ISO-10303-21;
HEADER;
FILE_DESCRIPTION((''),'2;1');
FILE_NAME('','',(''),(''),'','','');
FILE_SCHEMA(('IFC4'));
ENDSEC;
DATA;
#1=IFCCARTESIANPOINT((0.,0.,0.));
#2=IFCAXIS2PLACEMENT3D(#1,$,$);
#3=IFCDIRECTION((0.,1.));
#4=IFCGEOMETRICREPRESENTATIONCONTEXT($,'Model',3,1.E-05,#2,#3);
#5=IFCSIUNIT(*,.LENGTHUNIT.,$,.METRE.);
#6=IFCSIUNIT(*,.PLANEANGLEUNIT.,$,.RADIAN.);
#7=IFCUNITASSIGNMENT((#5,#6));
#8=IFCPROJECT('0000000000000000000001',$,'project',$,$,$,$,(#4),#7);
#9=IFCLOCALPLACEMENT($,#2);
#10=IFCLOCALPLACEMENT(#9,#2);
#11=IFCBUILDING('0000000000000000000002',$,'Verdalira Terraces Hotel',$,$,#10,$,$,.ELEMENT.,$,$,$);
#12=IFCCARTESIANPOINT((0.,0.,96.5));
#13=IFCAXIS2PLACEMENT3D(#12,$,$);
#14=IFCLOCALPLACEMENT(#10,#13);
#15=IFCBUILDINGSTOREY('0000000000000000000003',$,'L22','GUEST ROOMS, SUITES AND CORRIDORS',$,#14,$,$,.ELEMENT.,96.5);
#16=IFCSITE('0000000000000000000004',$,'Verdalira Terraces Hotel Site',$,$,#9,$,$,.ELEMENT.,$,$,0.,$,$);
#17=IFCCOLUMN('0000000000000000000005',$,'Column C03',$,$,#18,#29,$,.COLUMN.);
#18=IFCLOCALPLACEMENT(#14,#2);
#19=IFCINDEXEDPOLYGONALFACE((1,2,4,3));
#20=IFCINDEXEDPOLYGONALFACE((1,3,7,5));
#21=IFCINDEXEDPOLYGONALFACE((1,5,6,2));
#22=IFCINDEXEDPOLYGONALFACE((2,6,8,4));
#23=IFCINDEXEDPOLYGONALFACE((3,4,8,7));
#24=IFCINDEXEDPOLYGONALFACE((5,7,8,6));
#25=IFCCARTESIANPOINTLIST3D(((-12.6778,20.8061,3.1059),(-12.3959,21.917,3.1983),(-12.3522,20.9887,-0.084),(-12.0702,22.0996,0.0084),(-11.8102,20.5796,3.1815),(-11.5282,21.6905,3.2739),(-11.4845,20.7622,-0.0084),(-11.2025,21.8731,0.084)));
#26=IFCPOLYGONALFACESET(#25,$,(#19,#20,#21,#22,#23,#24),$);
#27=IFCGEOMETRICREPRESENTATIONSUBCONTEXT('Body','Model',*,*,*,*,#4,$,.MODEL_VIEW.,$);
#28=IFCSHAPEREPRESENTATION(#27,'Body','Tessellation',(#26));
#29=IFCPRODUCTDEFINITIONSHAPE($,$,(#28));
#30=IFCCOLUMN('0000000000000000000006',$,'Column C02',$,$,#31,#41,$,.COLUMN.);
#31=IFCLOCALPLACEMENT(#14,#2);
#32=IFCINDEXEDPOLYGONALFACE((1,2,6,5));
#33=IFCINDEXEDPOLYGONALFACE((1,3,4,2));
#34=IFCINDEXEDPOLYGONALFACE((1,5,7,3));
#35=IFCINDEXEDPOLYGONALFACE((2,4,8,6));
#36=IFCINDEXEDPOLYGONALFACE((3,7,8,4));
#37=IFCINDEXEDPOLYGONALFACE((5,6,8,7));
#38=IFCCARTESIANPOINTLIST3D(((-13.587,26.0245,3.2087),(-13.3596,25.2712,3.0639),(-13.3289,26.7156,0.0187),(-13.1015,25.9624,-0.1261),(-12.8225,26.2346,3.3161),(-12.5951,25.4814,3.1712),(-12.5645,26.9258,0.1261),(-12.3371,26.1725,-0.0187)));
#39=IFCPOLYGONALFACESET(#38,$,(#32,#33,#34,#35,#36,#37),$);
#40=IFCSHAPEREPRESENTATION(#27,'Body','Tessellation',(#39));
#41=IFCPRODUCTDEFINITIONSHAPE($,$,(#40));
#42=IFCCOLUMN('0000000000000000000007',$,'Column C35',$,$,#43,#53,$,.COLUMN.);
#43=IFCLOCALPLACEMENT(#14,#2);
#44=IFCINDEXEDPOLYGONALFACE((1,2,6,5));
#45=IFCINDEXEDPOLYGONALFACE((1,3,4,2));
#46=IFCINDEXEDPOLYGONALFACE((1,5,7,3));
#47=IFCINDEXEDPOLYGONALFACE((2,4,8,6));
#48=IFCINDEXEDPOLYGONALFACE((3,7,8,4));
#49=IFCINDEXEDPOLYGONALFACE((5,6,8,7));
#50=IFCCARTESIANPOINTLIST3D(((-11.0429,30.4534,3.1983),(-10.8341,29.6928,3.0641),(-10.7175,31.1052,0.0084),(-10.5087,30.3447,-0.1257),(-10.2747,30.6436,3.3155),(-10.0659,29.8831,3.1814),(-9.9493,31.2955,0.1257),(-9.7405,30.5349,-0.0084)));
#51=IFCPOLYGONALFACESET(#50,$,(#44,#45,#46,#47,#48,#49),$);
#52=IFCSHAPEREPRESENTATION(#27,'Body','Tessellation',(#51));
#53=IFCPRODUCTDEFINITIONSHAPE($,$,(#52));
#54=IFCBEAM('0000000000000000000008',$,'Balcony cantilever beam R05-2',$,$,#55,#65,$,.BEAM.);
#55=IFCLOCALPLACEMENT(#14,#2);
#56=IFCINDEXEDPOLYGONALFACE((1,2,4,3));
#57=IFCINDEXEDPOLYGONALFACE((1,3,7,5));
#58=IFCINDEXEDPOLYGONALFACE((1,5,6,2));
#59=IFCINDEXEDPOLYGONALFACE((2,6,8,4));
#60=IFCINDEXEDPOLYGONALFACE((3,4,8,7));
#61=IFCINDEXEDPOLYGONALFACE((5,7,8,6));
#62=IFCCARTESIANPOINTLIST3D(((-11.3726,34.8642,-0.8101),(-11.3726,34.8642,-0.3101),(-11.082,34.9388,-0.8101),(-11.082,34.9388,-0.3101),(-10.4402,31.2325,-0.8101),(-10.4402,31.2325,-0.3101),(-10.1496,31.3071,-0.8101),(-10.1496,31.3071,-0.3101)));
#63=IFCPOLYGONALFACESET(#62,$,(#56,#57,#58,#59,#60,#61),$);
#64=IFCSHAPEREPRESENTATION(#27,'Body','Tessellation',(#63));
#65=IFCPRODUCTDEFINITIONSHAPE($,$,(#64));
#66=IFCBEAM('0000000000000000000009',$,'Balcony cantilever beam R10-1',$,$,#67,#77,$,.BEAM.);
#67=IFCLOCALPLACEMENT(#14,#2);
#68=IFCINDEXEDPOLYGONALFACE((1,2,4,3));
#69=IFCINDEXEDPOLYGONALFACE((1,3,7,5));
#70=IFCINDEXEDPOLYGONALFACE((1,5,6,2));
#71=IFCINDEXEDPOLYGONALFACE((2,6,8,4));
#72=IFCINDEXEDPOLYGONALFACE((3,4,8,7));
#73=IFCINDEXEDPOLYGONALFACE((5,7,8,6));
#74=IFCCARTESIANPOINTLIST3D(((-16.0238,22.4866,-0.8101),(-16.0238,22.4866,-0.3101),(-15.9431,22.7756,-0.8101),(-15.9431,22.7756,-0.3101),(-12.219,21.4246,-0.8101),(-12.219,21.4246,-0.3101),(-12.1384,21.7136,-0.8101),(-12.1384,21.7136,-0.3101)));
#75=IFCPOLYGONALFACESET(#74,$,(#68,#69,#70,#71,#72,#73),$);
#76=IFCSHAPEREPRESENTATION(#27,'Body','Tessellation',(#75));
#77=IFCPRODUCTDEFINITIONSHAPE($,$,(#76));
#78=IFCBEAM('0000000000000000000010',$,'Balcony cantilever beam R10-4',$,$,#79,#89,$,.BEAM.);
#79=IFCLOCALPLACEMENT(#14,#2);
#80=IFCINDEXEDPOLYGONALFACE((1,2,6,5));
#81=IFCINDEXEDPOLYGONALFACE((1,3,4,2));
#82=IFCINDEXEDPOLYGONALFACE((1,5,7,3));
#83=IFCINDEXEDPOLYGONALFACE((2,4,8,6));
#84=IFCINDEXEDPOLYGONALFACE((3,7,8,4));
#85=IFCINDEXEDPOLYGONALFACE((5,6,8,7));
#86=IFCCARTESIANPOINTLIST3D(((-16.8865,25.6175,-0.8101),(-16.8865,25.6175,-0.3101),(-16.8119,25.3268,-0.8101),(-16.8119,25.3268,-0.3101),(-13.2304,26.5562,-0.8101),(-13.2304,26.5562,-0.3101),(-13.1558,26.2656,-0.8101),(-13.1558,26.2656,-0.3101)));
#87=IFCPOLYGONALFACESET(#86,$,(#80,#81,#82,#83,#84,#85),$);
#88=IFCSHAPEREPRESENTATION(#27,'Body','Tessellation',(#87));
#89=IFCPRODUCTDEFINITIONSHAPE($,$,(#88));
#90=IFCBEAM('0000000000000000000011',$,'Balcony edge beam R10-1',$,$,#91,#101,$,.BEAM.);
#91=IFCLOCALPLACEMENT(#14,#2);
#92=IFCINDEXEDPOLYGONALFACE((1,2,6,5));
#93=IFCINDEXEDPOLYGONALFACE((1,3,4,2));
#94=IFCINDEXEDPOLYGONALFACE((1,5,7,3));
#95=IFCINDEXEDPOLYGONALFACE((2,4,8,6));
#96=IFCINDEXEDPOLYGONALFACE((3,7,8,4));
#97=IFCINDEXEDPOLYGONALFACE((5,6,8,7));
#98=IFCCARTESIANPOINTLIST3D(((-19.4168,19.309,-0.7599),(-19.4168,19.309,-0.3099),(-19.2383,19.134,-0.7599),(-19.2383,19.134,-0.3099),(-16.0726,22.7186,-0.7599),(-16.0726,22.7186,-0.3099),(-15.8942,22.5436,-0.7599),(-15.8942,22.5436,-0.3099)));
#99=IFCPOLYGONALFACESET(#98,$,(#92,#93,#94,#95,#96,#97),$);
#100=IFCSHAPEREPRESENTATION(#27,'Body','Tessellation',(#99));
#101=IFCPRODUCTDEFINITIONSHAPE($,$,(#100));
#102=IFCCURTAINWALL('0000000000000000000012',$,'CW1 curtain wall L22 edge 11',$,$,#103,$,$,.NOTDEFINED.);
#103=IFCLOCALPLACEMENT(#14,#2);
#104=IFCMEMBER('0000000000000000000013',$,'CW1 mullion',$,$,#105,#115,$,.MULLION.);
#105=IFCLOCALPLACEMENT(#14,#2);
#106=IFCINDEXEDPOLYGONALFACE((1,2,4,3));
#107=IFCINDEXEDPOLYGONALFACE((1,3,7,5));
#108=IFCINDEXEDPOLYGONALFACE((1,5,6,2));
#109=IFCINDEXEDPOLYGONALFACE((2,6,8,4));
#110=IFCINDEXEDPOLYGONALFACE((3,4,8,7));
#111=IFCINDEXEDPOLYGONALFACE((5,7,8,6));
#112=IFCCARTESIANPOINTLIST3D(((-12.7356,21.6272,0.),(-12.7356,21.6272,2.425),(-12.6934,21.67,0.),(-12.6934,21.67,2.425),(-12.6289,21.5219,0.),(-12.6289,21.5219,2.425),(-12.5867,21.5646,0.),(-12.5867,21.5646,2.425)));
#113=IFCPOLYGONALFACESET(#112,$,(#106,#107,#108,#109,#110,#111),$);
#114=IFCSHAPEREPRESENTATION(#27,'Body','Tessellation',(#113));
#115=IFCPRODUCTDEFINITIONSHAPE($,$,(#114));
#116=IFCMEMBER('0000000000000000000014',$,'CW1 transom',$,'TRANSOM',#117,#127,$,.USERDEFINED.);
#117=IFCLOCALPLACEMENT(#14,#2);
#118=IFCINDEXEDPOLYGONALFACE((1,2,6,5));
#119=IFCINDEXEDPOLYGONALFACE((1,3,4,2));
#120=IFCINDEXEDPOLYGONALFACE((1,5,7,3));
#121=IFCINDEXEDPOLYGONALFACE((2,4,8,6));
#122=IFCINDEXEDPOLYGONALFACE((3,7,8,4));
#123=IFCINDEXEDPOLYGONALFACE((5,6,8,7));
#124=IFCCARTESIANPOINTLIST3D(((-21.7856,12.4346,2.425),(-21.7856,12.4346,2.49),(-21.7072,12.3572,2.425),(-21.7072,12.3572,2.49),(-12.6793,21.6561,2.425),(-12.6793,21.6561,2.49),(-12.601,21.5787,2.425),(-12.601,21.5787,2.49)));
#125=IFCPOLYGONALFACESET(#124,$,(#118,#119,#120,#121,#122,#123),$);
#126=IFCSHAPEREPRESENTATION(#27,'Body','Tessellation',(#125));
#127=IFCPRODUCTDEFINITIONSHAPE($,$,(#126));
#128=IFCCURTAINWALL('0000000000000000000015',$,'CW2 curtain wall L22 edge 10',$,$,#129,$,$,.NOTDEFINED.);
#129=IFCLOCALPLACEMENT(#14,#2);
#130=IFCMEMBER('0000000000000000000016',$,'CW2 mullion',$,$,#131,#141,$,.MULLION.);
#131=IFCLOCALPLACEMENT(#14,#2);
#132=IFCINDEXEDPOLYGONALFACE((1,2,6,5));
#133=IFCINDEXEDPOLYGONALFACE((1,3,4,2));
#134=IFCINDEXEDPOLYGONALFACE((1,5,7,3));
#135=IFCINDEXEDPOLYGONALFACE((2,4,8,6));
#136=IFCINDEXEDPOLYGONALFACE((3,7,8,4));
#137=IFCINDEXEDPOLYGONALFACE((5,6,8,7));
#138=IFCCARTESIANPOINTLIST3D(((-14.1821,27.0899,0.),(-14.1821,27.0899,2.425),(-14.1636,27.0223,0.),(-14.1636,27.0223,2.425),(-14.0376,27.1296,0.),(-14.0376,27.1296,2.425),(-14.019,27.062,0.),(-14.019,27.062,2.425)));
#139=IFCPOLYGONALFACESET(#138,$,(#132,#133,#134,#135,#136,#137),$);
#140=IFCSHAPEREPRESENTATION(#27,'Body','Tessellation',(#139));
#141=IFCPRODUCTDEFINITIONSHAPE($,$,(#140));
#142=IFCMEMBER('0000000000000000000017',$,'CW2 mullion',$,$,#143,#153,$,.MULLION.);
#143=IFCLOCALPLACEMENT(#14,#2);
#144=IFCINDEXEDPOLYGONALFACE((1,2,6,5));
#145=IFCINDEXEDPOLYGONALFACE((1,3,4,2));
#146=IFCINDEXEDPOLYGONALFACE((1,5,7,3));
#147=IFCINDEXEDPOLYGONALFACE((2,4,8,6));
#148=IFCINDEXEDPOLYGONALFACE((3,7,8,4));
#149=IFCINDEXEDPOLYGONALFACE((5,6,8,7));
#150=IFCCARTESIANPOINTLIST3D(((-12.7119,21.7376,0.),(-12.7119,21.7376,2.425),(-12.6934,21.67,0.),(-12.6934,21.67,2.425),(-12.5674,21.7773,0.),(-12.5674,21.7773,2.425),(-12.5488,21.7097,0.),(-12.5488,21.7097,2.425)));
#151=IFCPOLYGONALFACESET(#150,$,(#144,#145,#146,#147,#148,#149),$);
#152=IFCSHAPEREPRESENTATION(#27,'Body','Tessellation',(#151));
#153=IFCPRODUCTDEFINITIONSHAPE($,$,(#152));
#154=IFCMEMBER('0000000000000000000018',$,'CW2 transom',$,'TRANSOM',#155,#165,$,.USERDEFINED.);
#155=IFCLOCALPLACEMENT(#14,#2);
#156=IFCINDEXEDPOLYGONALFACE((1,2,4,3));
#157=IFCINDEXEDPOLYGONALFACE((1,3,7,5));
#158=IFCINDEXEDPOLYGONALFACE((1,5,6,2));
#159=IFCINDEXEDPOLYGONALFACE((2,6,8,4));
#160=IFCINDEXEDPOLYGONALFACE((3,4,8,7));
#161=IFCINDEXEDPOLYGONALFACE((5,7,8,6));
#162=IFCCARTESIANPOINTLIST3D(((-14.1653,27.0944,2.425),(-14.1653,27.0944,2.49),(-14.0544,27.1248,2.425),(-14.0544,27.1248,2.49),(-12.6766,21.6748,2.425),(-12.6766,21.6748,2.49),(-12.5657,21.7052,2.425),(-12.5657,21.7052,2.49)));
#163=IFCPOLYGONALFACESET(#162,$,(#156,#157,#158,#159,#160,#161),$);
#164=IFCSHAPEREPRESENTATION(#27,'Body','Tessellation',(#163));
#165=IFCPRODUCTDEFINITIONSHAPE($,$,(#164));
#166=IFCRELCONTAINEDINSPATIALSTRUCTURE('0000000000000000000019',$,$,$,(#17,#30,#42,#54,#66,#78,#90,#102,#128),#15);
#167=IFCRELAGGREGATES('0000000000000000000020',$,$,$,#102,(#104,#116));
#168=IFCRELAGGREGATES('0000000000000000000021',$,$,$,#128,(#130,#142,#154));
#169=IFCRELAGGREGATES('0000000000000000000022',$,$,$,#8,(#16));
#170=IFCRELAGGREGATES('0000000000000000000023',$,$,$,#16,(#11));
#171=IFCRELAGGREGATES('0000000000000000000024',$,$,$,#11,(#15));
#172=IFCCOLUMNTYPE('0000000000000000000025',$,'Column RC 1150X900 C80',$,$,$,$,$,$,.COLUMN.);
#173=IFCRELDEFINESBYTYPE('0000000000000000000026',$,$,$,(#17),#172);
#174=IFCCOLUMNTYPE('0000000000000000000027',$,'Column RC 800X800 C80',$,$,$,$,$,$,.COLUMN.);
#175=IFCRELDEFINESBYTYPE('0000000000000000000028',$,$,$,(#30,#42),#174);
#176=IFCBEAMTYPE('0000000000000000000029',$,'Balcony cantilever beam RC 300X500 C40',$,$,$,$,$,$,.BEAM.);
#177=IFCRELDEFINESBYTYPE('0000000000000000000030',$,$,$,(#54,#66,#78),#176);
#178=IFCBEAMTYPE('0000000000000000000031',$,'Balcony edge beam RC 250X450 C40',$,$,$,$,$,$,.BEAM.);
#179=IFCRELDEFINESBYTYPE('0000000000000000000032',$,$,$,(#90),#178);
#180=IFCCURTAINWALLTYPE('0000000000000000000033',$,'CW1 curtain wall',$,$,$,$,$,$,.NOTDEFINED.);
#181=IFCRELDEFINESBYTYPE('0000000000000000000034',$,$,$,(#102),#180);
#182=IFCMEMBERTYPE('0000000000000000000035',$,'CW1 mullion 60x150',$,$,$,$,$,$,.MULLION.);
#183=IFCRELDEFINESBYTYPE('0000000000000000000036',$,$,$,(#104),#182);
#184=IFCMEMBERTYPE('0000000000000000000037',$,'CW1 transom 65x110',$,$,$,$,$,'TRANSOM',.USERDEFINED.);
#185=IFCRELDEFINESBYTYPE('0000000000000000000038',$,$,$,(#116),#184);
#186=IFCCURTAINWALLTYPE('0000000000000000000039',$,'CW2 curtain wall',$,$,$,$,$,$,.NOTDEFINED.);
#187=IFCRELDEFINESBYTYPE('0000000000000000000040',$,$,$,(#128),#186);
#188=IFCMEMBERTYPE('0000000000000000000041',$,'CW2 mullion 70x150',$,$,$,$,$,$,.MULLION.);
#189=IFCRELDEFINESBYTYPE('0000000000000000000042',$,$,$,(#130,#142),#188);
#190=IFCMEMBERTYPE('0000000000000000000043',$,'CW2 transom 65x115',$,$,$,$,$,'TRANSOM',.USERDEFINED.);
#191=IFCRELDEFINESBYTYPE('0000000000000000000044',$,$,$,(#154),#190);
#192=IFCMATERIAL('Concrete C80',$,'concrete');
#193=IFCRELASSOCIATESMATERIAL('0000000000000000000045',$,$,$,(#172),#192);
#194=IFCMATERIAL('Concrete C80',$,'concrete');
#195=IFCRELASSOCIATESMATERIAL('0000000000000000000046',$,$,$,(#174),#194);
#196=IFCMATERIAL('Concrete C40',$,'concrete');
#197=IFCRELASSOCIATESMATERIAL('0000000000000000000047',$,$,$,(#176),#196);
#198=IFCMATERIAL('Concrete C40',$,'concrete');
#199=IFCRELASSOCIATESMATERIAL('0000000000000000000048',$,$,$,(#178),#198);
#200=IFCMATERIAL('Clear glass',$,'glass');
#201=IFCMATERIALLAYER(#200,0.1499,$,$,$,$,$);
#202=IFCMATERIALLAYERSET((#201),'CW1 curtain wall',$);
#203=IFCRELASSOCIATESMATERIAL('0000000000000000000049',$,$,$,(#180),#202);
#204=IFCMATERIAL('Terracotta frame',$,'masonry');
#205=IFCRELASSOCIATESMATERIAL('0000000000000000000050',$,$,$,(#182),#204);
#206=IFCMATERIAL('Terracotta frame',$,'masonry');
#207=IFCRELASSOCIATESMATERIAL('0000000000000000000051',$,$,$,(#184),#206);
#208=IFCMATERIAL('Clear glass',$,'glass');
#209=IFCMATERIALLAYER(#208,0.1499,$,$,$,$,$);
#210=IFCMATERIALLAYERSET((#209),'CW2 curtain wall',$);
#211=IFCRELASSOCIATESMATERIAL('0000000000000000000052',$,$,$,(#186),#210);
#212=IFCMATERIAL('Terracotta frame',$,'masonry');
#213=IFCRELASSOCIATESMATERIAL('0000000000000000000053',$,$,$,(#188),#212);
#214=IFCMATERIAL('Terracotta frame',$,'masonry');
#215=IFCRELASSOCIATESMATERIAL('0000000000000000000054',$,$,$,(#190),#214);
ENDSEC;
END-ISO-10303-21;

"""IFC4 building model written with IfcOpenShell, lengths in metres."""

from ifc_helpers import new_model, si_unit, direction, frame, origin, origin_2d, place, context, subcontext, project, spatial, rectangle, extrude, material, layer, layer_set, material_profile, profile_set, type_object, element, aggregate, save


model = new_model("IFC4")

# Units and contexts
model_context = context("Model", 3, precision=1e-05, world=origin(), true_north=direction((0.0, 1.0)))
body_context = subcontext(model_context, "Body", "Model", "MODEL_VIEW")
ifc_project = project(units=[si_unit("LENGTHUNIT", "METRE"), si_unit("PLANEANGLEUNIT", "RADIAN")], contexts=[model_context])

# Site, building, storey
site_placement = place(None, origin())
site = spatial("IfcSite", under=ifc_project, at=site_placement, Name="Verdalira Terraces Hotel Site", CompositionType="ELEMENT", RefElevation=0.0)
building_placement = place(site_placement, origin())
building = spatial("IfcBuilding", under=site, at=building_placement, Name="Verdalira Terraces Hotel", CompositionType="ELEMENT")
storey_placement = place(building_placement, frame((0.0, 0.0, 96.5)))
storey = spatial("IfcBuildingStorey", under=building, at=storey_placement, Name="L22", Description="GUEST ROOMS, SUITES AND CORRIDORS", CompositionType="ELEMENT", Elevation=96.5)

# Columns
ifc_material_1 = material(Name="Concrete C80", Category="concrete")
ifc_material_profile_1 = material_profile(ifc_material_1, rectangle(XDim=1.1499, YDim=0.8999, at=origin_2d()), Name="RC 1150X900")
ifc_profile_set_1 = profile_set([ifc_material_profile_1], Name="Concrete C80")
column_type_1 = type_object("IfcColumnType", Name="Column RC 1150X900 C80", PredefinedType="COLUMN", material=ifc_profile_set_1)
column_1_placement = place(storey_placement, frame((-11.7773, 21.4309, 0.0), z_axis=(-0.101405, -0.05686, 0.993219), x_axis=(0.245212, 0.966134, 0.080345)))
element("IfcColumn", 1, at=column_1_placement, inside=storey, type_object=column_type_1, Name="Column C03", PredefinedType="COLUMN", context=body_context, shape_type="SweptSolid", body=[
    extrude(rectangle(XDim=1.1499, YDim=0.8999, at=origin_2d()), origin(), (0.0, 0.0, 1.0), 3.2117),
])
ifc_material_2 = material(Name="Concrete C80", Category="concrete")
ifc_material_profile_2 = material_profile(ifc_material_2, rectangle(XDim=0.8, YDim=0.8, at=origin_2d()), Name="RC 800X800")
ifc_profile_set_2 = profile_set([ifc_material_profile_2], Name="Concrete C80")
column_type_2 = type_object("IfcColumnType", Name="Column RC 800X800 C80", PredefinedType="COLUMN", material=ifc_profile_set_2)
column_2_placement = place(storey_placement, frame((-12.833, 26.4441, 0.0), z_axis=(-0.078817, -0.211097, 0.974282), x_axis=(0.28424, -0.941513, -0.181003)))
element("IfcColumn", 2, at=column_2_placement, inside=storey, type_object=column_type_2, Name="Column C02", PredefinedType="COLUMN", context=body_context, shape_type="SweptSolid", body=[
    extrude(rectangle(XDim=0.8, YDim=0.8, at=origin_2d()), origin(), (0.0, 0.0, 1.0), 3.2742),
])
column_3_placement = place(storey_placement, frame((-10.229, 30.8201, 0.0), z_axis=(-0.099459, -0.199217, 0.974895), x_axis=(-0.960204, -0.237764, -0.146547)))
element("IfcColumn", 3, at=column_3_placement, inside=storey, type_object=column_type_2, Name="Column C35", PredefinedType="COLUMN", context=body_context, shape_type="SweptSolid", body=[
    extrude(rectangle(XDim=0.8, YDim=0.8, at=origin_2d()), origin(), (0.0, 0.0, 1.0), 3.272),
])

# Beams
ifc_material_3 = material(Name="Concrete C40", Category="concrete")
ifc_material_profile_3 = material_profile(ifc_material_3, rectangle(XDim=0.3, YDim=0.5, at=origin_2d()), Name="RC 300X500")
ifc_profile_set_3 = profile_set([ifc_material_profile_3], Name="Concrete C40")
beam_type_1 = type_object("IfcBeamType", Name="Balcony cantilever beam RC 300X500 C40", PredefinedType="BEAM", material=ifc_profile_set_3)
beam_1_placement = place(storey_placement, frame((-10.2949, 31.2698, -0.5601), z_axis=(-0.248659, 0.968591, 0.0), x_axis=(-0.968591, -0.248659, 0.0)))
element("IfcBeam", 4, at=beam_1_placement, inside=storey, type_object=beam_type_1, Name="Balcony cantilever beam R05-2", PredefinedType="BEAM", context=body_context, shape_type="SweptSolid", body=[
    extrude(rectangle(XDim=0.3, YDim=0.5, at=origin_2d()), origin(), (0.0, 0.0, 1.0), 3.7495),
])
beam_2_placement = place(storey_placement, frame((-12.1787, 21.5691, -0.5601), z_axis=(-0.963181, 0.268855, 0.0), x_axis=(-0.268855, -0.963181, 0.0)))
element("IfcBeam", 5, at=beam_2_placement, inside=storey, type_object=beam_type_1, Name="Balcony cantilever beam R10-1", PredefinedType="BEAM", context=body_context, shape_type="SweptSolid", body=[
    extrude(rectangle(XDim=0.3, YDim=0.5, at=origin_2d()), origin(), (0.0, 0.0, 1.0), 3.9502),
])
beam_3_placement = place(storey_placement, frame((-13.1931, 26.4109, -0.5601), z_axis=(-0.968582, -0.248694, 0.0), x_axis=(0.248694, -0.968582, 0.0)))
element("IfcBeam", 6, at=beam_3_placement, inside=storey, type_object=beam_type_1, Name="Balcony cantilever beam R10-4", PredefinedType="BEAM", context=body_context, shape_type="SweptSolid", body=[
    extrude(rectangle(XDim=0.3, YDim=0.5, at=origin_2d()), origin(), (0.0, 0.0, 1.0), 3.7747),
])
ifc_material_4 = material(Name="Concrete C40", Category="concrete")
ifc_material_profile_4 = material_profile(ifc_material_4, rectangle(XDim=0.25, YDim=0.45, at=origin_2d()), Name="RC 250X450")
ifc_profile_set_4 = profile_set([ifc_material_profile_4], Name="Concrete C40")
beam_type_2 = type_object("IfcBeamType", Name="Balcony edge beam RC 250X450 C40", PredefinedType="BEAM", material=ifc_profile_set_4)
beam_4_placement = place(storey_placement, frame((-15.9834, 22.6311, -0.5349), z_axis=(-0.700224, -0.713924, 0.0), x_axis=(0.713924, -0.700224, 0.0)))
element("IfcBeam", 7, at=beam_4_placement, inside=storey, type_object=beam_type_2, Name="Balcony edge beam R10-1", PredefinedType="BEAM", context=body_context, shape_type="SweptSolid", body=[
    extrude(rectangle(XDim=0.25, YDim=0.45, at=origin_2d()), origin(), (0.0, 0.0, 1.0), 4.7759),
])

# Curtain walls, members
ifc_material_5 = material(Name="Clear glass", Category="glass")
ifc_layer_1 = layer(ifc_material_5, 0.1499)
ifc_layer_set_1 = layer_set([ifc_layer_1], Name="CW1 curtain wall")
curtain_wall_type_1 = type_object("IfcCurtainWallType", Name="CW1 curtain wall", PredefinedType="NOTDEFINED", material=ifc_layer_set_1)
curtain_wall_1_placement = place(storey_placement, origin())
curtain_wall_1 = element("IfcCurtainWall", 8, at=curtain_wall_1_placement, inside=storey, type_object=curtain_wall_type_1, Name="CW1 curtain wall L22 edge 11", PredefinedType="NOTDEFINED")
ifc_material_6 = material(Name="Terracotta frame", Category="masonry")
ifc_material_profile_5 = material_profile(ifc_material_6, rectangle(XDim=0.0601, YDim=0.1499, at=origin_2d()), Name="MU 60x150")
ifc_profile_set_5 = profile_set([ifc_material_profile_5], Name="Terracotta frame")
member_type_1 = type_object("IfcMemberType", Name="CW1 mullion 60x150", PredefinedType="MULLION", material=ifc_profile_set_5)
member_1_placement = place(storey_placement, frame((-12.6611, 21.5959, 0.0), z_axis=(0.0, 0.0, 1.0), x_axis=(-0.70265, -0.711536, 0.0)))
member_1 = element("IfcMember", 9, at=member_1_placement, type_object=member_type_1, Name="CW1 mullion", PredefinedType="MULLION", context=body_context, shape_type="SweptSolid", body=[
    extrude(rectangle(XDim=0.0601, YDim=0.1499, at=origin_2d()), origin(), (0.0, 0.0, 1.0), 2.425),
])
ifc_material_7 = material(Name="Terracotta frame", Category="masonry")
ifc_material_profile_6 = material_profile(ifc_material_7, rectangle(XDim=0.1101, YDim=0.0649, at=origin_2d()), Name="TR 65x110")
ifc_profile_set_6 = profile_set([ifc_material_profile_6], Name="Terracotta frame")
member_type_2 = type_object("IfcMemberType", Name="CW1 transom 65x110", ElementType="TRANSOM", PredefinedType="USERDEFINED", material=ifc_profile_set_6)
member_2_placement = place(storey_placement, frame((-12.6401, 21.6174, 2.4575), z_axis=(-0.702647, -0.711539, 0.0), x_axis=(0.711539, -0.702647, 0.0)))
member_2 = element("IfcMember", 10, at=member_2_placement, type_object=member_type_2, Name="CW1 transom", ObjectType="TRANSOM", PredefinedType="USERDEFINED", context=body_context, shape_type="SweptSolid", body=[
    extrude(rectangle(XDim=0.1101, YDim=0.0649, at=origin_2d()), origin(), (0.0, 0.0, 1.0), 12.96),
])
ifc_material_8 = material(Name="Clear glass", Category="glass")
ifc_layer_2 = layer(ifc_material_8, 0.1499)
ifc_layer_set_2 = layer_set([ifc_layer_2], Name="CW2 curtain wall")
curtain_wall_type_2 = type_object("IfcCurtainWallType", Name="CW2 curtain wall", PredefinedType="NOTDEFINED", material=ifc_layer_set_2)
curtain_wall_2_placement = place(storey_placement, origin())
curtain_wall_2 = element("IfcCurtainWall", 11, at=curtain_wall_2_placement, inside=storey, type_object=curtain_wall_type_2, Name="CW2 curtain wall L22 edge 10", PredefinedType="NOTDEFINED")
ifc_material_9 = material(Name="Terracotta frame", Category="masonry")
ifc_material_profile_7 = material_profile(ifc_material_9, rectangle(XDim=0.0701, YDim=0.1499, at=origin_2d()), Name="MU 70x150")
ifc_profile_set_7 = profile_set([ifc_material_profile_7], Name="Terracotta frame")
member_type_3 = type_object("IfcMemberType", Name="CW2 mullion 70x150", PredefinedType="MULLION", material=ifc_profile_set_7)
member_3_placement = place(storey_placement, frame((-14.1006, 27.0759, 0.0), z_axis=(0.0, 0.0, 1.0), x_axis=(0.264883, -0.964281, 0.0)))
member_3 = element("IfcMember", 12, at=member_3_placement, type_object=member_type_3, Name="CW2 mullion", PredefinedType="MULLION", context=body_context, shape_type="SweptSolid", body=[
    extrude(rectangle(XDim=0.0701, YDim=0.1499, at=origin_2d()), origin(), (0.0, 0.0, 1.0), 2.425),
])
member_4_placement = place(storey_placement, frame((-12.6304, 21.7236, 0.0), z_axis=(0.0, 0.0, 1.0), x_axis=(0.264883, -0.964281, 0.0)))
member_4 = element("IfcMember", 13, at=member_4_placement, type_object=member_type_3, Name="CW2 mullion", PredefinedType="MULLION", context=body_context, shape_type="SweptSolid", body=[
    extrude(rectangle(XDim=0.0701, YDim=0.1499, at=origin_2d()), origin(), (0.0, 0.0, 1.0), 2.425),
])
ifc_material_10 = material(Name="Terracotta frame", Category="masonry")
ifc_material_profile_8 = material_profile(ifc_material_10, rectangle(XDim=0.115, YDim=0.0649, at=origin_2d()), Name="TR 65x115")
ifc_profile_set_8 = profile_set([ifc_material_profile_8], Name="Terracotta frame")
member_type_4 = type_object("IfcMemberType", Name="CW2 transom 65x115", ElementType="TRANSOM", PredefinedType="USERDEFINED", material=ifc_profile_set_8)
member_5_placement = place(storey_placement, frame((-14.1099, 27.1096, 2.4575), z_axis=(0.264885, -0.96428, 0.0), x_axis=(0.96428, 0.264885, 0.0)))
member_5 = element("IfcMember", 14, at=member_5_placement, type_object=member_type_4, Name="CW2 transom", ObjectType="TRANSOM", PredefinedType="USERDEFINED", context=body_context, shape_type="SweptSolid", body=[
    extrude(rectangle(XDim=0.115, YDim=0.0649, at=origin_2d()), origin(), (0.0, 0.0, 1.0), 5.6204),
])

aggregate(curtain_wall_1, [member_1, member_2])
aggregate(curtain_wall_2, [member_3, member_4, member_5])

save(model, "model.ifc")
